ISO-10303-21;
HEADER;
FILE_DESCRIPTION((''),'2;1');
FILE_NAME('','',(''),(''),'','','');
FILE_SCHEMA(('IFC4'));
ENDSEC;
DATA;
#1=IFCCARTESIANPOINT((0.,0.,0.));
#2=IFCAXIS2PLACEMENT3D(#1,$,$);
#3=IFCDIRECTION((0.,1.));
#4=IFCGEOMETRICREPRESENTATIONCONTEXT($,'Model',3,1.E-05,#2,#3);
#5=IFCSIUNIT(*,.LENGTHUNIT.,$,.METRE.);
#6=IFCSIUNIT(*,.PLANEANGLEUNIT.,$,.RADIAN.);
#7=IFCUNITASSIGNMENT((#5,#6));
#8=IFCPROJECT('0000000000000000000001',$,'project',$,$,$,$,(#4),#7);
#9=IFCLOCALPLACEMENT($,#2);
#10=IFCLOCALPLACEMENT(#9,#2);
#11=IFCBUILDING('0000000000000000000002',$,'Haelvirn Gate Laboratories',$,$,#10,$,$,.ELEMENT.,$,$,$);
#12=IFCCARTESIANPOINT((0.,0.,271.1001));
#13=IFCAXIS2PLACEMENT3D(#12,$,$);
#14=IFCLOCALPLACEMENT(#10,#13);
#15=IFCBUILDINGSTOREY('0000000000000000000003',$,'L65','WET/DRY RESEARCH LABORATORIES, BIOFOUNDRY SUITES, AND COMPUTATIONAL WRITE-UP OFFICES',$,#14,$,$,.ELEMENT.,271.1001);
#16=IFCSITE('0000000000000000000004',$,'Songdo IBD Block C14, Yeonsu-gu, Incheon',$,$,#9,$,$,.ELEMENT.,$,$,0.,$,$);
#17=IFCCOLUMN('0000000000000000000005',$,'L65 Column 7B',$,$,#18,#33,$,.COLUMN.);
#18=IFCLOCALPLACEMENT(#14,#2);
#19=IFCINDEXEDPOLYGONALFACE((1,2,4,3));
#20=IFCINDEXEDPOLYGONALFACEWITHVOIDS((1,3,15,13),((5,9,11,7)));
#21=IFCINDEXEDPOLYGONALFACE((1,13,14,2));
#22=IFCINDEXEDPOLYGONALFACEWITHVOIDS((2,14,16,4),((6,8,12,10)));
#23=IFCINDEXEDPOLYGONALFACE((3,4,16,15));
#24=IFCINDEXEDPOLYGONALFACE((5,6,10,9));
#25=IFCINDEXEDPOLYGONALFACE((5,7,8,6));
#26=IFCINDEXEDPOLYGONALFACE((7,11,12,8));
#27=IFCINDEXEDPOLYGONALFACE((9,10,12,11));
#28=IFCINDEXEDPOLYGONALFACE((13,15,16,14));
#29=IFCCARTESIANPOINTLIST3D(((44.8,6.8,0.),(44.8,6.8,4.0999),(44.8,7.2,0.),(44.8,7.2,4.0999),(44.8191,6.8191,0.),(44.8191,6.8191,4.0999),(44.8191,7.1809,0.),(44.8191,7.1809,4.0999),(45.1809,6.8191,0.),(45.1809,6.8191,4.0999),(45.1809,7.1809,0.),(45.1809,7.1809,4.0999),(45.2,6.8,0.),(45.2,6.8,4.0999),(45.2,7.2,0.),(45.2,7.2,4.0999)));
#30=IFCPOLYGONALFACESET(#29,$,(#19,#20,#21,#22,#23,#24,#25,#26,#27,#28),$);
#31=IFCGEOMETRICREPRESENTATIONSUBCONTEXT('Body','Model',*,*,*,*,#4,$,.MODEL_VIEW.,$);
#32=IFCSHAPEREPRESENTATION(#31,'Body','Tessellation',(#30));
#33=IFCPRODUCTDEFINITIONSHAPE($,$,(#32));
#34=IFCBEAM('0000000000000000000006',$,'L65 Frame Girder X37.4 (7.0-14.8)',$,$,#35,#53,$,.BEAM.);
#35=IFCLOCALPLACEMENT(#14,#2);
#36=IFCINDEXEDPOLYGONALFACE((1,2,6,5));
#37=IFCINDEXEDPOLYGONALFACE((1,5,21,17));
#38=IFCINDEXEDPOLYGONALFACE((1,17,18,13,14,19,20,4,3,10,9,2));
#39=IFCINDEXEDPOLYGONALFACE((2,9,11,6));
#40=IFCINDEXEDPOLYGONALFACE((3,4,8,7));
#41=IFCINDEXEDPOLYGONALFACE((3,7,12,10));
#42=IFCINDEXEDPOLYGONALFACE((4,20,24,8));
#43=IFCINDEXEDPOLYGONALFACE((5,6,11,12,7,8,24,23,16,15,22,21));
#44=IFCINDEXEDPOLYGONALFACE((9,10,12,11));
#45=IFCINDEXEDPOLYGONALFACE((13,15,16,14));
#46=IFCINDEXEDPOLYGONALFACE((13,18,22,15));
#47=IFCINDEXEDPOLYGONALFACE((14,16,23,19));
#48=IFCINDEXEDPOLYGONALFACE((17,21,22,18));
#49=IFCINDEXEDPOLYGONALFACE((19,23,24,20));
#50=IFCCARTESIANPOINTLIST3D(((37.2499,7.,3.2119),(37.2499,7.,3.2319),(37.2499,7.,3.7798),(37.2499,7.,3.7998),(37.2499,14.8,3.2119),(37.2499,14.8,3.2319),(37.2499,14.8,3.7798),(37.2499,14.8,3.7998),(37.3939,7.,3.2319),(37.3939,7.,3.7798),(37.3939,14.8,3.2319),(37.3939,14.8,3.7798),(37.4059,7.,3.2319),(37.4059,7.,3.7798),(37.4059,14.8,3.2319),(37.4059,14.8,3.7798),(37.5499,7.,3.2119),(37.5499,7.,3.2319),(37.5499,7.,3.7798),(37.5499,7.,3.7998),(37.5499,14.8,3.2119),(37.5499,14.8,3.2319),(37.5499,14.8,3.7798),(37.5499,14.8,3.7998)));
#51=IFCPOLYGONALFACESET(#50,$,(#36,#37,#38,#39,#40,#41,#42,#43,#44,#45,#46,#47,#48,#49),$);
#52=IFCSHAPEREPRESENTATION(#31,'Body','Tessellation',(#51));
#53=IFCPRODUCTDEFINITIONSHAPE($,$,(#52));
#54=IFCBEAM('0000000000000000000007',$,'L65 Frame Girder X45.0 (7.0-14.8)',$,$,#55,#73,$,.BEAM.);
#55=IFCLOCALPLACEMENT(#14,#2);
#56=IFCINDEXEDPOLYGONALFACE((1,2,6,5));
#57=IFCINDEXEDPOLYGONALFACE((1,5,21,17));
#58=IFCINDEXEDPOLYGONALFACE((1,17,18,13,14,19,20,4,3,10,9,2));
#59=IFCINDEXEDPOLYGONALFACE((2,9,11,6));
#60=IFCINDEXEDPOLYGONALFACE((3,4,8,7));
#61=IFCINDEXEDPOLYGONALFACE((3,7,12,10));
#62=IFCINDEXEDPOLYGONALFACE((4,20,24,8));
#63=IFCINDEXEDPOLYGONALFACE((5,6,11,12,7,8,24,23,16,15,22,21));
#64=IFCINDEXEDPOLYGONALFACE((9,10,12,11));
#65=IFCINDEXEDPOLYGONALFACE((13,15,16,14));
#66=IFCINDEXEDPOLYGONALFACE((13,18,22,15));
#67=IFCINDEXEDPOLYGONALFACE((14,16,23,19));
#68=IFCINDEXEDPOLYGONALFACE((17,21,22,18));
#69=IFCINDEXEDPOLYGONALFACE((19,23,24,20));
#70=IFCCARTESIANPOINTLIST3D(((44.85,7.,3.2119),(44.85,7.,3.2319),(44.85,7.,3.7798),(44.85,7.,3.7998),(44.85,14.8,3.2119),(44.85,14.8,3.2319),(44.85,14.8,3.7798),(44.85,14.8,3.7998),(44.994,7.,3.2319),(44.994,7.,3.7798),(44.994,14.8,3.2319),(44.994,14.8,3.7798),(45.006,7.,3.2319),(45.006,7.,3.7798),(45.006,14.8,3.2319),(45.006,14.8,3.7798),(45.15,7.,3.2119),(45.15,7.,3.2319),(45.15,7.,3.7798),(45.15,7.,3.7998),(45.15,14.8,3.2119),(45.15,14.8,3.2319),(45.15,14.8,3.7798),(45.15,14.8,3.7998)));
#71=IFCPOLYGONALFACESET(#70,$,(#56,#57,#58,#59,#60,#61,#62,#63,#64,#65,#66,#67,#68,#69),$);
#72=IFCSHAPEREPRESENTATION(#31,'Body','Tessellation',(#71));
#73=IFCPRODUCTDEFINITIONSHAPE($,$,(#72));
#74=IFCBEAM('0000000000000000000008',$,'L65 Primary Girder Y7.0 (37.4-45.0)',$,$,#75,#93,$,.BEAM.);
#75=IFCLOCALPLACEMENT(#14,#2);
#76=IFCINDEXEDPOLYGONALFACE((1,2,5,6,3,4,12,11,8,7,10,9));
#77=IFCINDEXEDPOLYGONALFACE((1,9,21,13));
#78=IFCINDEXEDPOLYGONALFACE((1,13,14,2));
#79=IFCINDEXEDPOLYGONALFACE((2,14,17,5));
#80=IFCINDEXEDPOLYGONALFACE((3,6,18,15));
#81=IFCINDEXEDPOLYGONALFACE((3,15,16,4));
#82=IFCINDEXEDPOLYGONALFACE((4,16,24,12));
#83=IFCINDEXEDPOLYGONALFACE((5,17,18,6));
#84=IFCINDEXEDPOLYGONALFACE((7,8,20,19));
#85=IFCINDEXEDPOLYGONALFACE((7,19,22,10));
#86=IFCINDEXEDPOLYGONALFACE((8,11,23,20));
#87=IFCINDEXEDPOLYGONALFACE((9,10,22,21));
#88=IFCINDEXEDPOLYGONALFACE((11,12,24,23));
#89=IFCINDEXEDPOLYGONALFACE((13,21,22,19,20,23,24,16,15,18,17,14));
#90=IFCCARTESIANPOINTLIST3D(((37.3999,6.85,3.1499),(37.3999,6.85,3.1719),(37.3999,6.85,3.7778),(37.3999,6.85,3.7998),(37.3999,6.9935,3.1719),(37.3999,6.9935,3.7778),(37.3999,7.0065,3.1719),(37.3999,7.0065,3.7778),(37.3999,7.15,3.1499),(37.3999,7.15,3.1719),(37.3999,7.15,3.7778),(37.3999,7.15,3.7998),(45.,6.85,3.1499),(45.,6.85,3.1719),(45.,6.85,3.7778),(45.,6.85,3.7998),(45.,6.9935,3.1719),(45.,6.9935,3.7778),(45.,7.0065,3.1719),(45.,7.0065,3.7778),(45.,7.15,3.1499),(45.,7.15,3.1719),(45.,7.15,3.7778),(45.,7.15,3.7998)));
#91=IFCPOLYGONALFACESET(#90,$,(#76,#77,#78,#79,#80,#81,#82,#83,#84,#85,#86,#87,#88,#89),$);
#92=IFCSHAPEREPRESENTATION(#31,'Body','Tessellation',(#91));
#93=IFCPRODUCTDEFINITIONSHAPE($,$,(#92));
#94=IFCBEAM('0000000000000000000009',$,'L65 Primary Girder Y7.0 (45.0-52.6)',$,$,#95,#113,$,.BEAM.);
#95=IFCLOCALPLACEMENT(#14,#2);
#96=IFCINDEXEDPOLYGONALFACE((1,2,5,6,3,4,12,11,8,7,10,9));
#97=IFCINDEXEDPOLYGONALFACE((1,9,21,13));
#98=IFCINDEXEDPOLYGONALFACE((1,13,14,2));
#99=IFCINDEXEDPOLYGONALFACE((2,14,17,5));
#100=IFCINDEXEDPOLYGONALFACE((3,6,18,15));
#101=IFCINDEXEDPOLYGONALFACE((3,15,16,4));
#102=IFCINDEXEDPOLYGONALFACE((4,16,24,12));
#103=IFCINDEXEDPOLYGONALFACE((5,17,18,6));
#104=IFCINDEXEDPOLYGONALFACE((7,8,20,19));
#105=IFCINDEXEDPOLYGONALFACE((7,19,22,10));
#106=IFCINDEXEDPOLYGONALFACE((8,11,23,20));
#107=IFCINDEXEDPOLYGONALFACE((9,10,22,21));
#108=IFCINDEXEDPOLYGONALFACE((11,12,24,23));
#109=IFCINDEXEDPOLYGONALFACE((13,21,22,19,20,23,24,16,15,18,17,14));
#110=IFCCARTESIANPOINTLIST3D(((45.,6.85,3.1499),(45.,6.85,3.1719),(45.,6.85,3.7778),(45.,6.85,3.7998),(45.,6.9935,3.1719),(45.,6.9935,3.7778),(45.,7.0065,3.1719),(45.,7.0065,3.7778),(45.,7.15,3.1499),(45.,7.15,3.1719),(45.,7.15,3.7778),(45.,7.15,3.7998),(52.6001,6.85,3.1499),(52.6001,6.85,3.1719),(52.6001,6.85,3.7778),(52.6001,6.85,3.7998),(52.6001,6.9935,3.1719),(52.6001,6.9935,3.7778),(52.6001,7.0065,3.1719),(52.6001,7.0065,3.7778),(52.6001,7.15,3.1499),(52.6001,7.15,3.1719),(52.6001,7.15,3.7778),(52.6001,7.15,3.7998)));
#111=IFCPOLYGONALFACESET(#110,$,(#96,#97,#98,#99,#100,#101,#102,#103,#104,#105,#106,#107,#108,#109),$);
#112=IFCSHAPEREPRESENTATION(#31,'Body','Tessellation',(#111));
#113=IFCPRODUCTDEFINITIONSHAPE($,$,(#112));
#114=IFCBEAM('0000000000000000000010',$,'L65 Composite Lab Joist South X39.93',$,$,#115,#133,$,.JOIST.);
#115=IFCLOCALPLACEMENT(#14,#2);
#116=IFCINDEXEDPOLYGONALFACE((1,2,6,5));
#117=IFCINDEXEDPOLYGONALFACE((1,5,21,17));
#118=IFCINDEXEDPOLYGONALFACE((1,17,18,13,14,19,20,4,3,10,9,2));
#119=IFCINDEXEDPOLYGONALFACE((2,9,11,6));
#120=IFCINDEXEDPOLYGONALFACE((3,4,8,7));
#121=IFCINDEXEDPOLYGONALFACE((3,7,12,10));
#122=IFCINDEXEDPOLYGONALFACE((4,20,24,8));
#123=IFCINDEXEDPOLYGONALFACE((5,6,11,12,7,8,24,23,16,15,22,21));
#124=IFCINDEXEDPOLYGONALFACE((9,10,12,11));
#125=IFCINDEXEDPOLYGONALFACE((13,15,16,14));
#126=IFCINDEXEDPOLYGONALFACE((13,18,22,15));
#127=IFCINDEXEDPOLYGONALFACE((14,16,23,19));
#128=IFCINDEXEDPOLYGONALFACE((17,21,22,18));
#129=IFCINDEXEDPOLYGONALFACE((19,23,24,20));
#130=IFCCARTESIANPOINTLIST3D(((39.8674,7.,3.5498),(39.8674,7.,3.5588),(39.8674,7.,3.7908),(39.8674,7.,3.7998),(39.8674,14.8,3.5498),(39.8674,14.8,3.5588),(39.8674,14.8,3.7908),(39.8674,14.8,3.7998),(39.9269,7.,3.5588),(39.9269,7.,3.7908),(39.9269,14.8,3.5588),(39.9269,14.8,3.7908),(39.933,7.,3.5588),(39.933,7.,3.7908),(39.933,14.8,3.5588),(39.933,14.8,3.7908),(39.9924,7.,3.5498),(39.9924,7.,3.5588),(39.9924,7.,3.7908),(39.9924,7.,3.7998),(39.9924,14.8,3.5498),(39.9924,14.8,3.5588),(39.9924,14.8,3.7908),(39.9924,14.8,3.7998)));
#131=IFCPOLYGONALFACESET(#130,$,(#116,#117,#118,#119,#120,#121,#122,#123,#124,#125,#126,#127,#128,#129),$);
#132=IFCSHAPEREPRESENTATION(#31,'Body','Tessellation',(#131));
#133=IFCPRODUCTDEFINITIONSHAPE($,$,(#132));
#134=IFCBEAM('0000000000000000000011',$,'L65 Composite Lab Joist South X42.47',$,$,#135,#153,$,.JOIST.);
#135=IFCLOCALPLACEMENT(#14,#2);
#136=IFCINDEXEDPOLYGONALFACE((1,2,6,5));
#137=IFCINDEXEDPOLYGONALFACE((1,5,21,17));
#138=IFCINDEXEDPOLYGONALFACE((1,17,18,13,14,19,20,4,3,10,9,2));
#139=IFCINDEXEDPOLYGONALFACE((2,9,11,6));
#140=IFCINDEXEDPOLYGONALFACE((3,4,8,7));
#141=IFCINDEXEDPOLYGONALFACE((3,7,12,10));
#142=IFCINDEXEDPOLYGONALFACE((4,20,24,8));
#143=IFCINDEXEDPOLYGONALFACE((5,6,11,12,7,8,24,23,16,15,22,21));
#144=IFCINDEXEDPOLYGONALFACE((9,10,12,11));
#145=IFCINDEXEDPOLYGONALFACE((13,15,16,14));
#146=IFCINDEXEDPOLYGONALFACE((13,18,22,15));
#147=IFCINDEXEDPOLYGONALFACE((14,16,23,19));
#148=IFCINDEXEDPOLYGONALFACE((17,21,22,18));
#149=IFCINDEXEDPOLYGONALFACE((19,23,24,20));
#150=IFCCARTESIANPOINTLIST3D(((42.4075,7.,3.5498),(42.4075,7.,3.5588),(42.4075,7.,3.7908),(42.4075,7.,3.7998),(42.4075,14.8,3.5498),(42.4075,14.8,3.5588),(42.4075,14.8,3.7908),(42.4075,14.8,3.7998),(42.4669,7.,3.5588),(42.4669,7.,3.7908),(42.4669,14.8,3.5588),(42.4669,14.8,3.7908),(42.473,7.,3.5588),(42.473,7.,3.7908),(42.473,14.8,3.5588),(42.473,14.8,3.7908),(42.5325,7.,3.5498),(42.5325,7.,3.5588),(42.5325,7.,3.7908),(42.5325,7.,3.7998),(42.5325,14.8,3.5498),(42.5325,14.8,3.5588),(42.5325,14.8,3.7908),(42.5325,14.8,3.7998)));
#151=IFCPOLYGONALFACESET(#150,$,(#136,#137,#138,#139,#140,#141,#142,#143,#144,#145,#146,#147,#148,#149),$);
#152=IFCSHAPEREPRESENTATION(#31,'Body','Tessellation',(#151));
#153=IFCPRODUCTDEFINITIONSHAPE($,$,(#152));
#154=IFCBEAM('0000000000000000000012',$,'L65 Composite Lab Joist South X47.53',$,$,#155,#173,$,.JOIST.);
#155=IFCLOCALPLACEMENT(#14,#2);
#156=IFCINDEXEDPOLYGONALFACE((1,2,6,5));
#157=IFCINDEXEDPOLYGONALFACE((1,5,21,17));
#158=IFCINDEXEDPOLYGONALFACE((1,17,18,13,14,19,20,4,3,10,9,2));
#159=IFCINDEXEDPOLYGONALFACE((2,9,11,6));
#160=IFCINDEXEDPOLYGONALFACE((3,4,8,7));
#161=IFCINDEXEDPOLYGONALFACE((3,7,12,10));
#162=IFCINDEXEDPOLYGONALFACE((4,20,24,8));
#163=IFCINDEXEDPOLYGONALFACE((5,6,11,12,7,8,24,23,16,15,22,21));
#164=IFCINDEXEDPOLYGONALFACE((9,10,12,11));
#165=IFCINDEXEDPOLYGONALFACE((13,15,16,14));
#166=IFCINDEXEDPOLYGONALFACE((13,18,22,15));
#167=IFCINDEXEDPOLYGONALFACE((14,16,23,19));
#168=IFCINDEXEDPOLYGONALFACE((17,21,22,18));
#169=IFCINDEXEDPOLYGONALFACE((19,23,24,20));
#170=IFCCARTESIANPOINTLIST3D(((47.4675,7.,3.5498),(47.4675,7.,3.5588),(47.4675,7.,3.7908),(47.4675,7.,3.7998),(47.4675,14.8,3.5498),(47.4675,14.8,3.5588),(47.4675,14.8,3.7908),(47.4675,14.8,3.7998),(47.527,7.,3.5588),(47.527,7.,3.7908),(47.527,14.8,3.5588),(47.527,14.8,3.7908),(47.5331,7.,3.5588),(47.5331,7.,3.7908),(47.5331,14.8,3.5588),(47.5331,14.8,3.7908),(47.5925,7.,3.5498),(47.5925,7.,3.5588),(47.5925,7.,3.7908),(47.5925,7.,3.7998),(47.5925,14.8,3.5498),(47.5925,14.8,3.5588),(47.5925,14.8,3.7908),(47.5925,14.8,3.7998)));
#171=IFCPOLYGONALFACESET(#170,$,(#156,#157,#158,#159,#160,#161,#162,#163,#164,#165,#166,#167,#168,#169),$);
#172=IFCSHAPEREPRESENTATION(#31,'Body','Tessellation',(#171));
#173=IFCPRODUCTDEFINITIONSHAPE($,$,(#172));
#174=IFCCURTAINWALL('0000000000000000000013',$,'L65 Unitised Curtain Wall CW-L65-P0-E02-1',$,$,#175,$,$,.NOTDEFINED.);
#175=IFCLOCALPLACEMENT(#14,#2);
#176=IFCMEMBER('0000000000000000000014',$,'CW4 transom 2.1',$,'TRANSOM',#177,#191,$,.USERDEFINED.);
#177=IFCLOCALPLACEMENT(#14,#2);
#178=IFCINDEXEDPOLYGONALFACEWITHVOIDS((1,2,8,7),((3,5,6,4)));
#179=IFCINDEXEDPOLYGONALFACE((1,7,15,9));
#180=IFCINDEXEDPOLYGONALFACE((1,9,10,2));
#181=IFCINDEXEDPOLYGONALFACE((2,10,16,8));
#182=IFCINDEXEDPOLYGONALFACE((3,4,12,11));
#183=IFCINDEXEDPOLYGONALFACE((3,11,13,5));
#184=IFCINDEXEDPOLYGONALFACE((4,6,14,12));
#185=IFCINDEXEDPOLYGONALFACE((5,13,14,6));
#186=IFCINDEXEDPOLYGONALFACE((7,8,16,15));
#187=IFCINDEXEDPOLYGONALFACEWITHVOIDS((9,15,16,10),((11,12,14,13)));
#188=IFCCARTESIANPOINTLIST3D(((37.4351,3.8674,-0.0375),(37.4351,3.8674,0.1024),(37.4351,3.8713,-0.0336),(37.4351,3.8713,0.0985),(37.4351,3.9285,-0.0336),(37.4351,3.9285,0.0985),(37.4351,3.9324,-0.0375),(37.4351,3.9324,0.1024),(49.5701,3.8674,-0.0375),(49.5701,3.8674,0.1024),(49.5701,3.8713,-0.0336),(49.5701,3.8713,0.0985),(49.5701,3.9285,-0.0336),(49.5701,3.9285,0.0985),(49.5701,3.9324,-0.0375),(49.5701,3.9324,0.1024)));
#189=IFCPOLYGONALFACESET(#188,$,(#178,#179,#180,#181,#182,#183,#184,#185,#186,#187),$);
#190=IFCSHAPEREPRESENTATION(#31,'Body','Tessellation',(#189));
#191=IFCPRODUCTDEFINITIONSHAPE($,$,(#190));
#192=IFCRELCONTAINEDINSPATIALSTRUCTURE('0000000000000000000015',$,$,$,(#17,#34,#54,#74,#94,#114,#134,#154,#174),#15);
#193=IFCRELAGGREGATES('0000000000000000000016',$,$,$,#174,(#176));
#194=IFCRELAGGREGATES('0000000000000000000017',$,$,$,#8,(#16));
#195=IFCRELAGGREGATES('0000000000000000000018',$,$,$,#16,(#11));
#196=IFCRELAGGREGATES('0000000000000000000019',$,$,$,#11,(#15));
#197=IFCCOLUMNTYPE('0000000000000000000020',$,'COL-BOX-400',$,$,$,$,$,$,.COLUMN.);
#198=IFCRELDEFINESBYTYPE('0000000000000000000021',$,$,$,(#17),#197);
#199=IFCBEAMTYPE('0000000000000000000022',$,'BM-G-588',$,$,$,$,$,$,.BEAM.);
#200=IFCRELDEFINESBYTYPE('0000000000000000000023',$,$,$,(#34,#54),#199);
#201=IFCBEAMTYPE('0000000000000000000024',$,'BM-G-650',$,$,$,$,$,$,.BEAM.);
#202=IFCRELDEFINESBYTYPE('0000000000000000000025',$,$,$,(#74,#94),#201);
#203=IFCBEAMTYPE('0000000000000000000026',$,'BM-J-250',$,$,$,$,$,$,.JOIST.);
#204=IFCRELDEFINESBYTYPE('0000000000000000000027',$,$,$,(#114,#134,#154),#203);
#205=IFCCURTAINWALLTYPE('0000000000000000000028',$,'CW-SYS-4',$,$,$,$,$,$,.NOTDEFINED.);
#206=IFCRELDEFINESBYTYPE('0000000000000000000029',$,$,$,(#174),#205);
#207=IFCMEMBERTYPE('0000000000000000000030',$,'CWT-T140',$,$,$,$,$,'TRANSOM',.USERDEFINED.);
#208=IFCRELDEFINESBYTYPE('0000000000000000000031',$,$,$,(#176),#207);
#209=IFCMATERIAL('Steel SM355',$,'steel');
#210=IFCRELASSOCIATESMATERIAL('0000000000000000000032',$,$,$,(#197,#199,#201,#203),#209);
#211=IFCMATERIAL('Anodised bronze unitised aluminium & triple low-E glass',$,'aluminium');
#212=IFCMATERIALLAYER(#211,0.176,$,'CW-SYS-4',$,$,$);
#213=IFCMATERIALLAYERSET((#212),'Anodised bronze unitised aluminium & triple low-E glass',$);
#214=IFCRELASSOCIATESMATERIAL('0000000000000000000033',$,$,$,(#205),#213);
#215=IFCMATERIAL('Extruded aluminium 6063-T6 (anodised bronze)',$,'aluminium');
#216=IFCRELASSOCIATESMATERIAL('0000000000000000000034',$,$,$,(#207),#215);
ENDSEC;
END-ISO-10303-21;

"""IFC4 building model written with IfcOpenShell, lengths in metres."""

from ifc_helpers import new_model, si_unit, direction, frame, origin, origin_2d, place, context, subcontext, project, spatial, hollow_rectangle, i_section, extrude, source, transform, mapped, material, layer, layer_set, material_profile, profile_set, type_object, type_shapes, element, aggregate, save


model = new_model("IFC4")

# Units and contexts
model_context = context("Model", 3, precision=1e-05, world=origin(), true_north=direction((0.0, 1.0)))
body_context = subcontext(model_context, "Body", "Model", "MODEL_VIEW")
ifc_project = project(units=[si_unit("LENGTHUNIT", "METRE"), si_unit("PLANEANGLEUNIT", "RADIAN")], contexts=[model_context])

# Site, building, storey
site_placement = place(None, origin())
site = spatial("IfcSite", under=ifc_project, at=site_placement, Name="Songdo IBD Block C14, Yeonsu-gu, Incheon", CompositionType="ELEMENT", RefElevation=0.0)
building_placement = place(site_placement, origin())
building = spatial("IfcBuilding", under=site, at=building_placement, Name="Haelvirn Gate Laboratories", CompositionType="ELEMENT")
storey_placement = place(building_placement, frame((0.0, 0.0, 271.1001)))
storey = spatial("IfcBuildingStorey", under=building, at=storey_placement, Name="L65", Description="WET/DRY RESEARCH LABORATORIES, BIOFOUNDRY SUITES, AND COMPUTATIONAL WRITE-UP OFFICES", CompositionType="ELEMENT", Elevation=271.1001)

# Column
ifc_material_1 = material(Name="Steel SM355", Category="steel")
ifc_material_profile_1 = material_profile(ifc_material_1, hollow_rectangle(XDim=0.3999, YDim=0.3999, WallThickness=0.019, at=origin_2d()), Name="BOX-400x400x19")
ifc_profile_set_1 = profile_set([ifc_material_profile_1], Name="Steel SM355")
column_type = type_object("IfcColumnType", Name="COL-BOX-400", PredefinedType="COLUMN", material=ifc_profile_set_1)
shared_shape_1 = source(origin(), body_context, "Body", "SweptSolid", [
    extrude(hollow_rectangle(XDim=0.3999, YDim=0.3999, WallThickness=0.019, at=origin_2d()), origin(), (0.0, 0.0, 1.0), 4.0999),
])
type_shapes(column_type, [shared_shape_1])
column_placement = place(storey_placement, frame((45.0, 7.0, 0.0), z_axis=(0.0, 0.0, 1.0), x_axis=(1.0, 0.0, 0.0)))
element("IfcColumn", 1, at=column_placement, inside=storey, type_object=column_type, Name="L65 Column 7B", PredefinedType="COLUMN", context=body_context, shape_type="MappedRepresentation", body=[
    mapped(shared_shape_1, transform((0.0, 0.0, 0.0), scale=1.0)),
])

# Beams
ifc_material_profile_2 = material_profile(ifc_material_1, i_section(OverallWidth=0.3, OverallDepth=0.5879, WebThickness=0.012, FlangeThickness=0.02, at=origin_2d()), Name="H-588x300x12x20")
ifc_profile_set_2 = profile_set([ifc_material_profile_2], Name="Steel SM355")
beam_type_1 = type_object("IfcBeamType", Name="BM-G-588", PredefinedType="BEAM", material=ifc_profile_set_2)
shared_shape_2 = source(origin(), body_context, "Body", "SweptSolid", [
    extrude(i_section(OverallWidth=0.3, OverallDepth=0.5879, WebThickness=0.012, FlangeThickness=0.02, at=origin_2d()), origin(), (0.0, 0.0, 1.0), 7.8),
])
type_shapes(beam_type_1, [shared_shape_2])
for number, where, z_axis, x_axis, name in (
    (2, (37.3999, 7.0, 3.5059), (0.0, 1.0, 0.0), (-1.0, 0.0, 0.0), "L65 Frame Girder X37.4 (7.0-14.8)"),
    (3, (45.0, 7.0, 3.5059), (0.0, 1.0, 0.0), (-1.0, 0.0, 0.0), "L65 Frame Girder X45.0 (7.0-14.8)"),
):
    element("IfcBeam", number, at=place(storey_placement, frame(where, z_axis=z_axis, x_axis=x_axis)), inside=storey, type_object=beam_type_1, Name=name, PredefinedType="BEAM", context=body_context, shape_type="MappedRepresentation", body=[
        mapped(shared_shape_2, transform((0.0, 0.0, 0.0), scale=1.0)),
    ])
ifc_material_profile_3 = material_profile(ifc_material_1, i_section(OverallWidth=0.3, OverallDepth=0.6499, WebThickness=0.0129, FlangeThickness=0.022, at=origin_2d()), Name="H-650x300x13x22")
ifc_profile_set_3 = profile_set([ifc_material_profile_3], Name="Steel SM355")
beam_type_2 = type_object("IfcBeamType", Name="BM-G-650", PredefinedType="BEAM", material=ifc_profile_set_3)
shared_shape_3 = source(origin(), body_context, "Body", "SweptSolid", [
    extrude(i_section(OverallWidth=0.3, OverallDepth=0.6499, WebThickness=0.0129, FlangeThickness=0.022, at=origin_2d()), origin(), (0.0, 0.0, 1.0), 7.6001),
])
type_shapes(beam_type_2, [shared_shape_3])
for number, where, z_axis, x_axis, name in (
    (4, (37.3999, 7.0, 3.4749), (1.0, 0.0, 0.0), (0.0, 1.0, 0.0), "L65 Primary Girder Y7.0 (37.4-45.0)"),
    (5, (45.0, 7.0, 3.4749), (1.0, 0.0, 0.0), (0.0, 1.0, 0.0), "L65 Primary Girder Y7.0 (45.0-52.6)"),
):
    element("IfcBeam", number, at=place(storey_placement, frame(where, z_axis=z_axis, x_axis=x_axis)), inside=storey, type_object=beam_type_2, Name=name, PredefinedType="BEAM", context=body_context, shape_type="MappedRepresentation", body=[
        mapped(shared_shape_3, transform((0.0, 0.0, 0.0), scale=1.0)),
    ])
ifc_material_profile_4 = material_profile(ifc_material_1, i_section(OverallWidth=0.125, OverallDepth=0.25, WebThickness=0.0061, FlangeThickness=0.009, at=origin_2d()), Name="H-250x125x6x9")
ifc_profile_set_4 = profile_set([ifc_material_profile_4], Name="Steel SM355")
beam_type_3 = type_object("IfcBeamType", Name="BM-J-250", PredefinedType="JOIST", material=ifc_profile_set_4)
shared_shape_4 = source(origin(), body_context, "Body", "SweptSolid", [
    extrude(i_section(OverallWidth=0.125, OverallDepth=0.25, WebThickness=0.0061, FlangeThickness=0.009, at=origin_2d()), origin(), (0.0, 0.0, 1.0), 7.8),
])
type_shapes(beam_type_3, [shared_shape_4])
for number, where, z_axis, x_axis, name in (
    (6, (39.9299, 7.0, 3.6748), (0.0, 1.0, 0.0), (-1.0, 0.0, 0.0), "L65 Composite Lab Joist South X39.93"),
    (7, (42.47, 7.0, 3.6748), (0.0, 1.0, 0.0), (-1.0, 0.0, 0.0), "L65 Composite Lab Joist South X42.47"),
    (8, (47.53, 7.0, 3.6748), (0.0, 1.0, 0.0), (-1.0, 0.0, 0.0), "L65 Composite Lab Joist South X47.53"),
):
    element("IfcBeam", number, at=place(storey_placement, frame(where, z_axis=z_axis, x_axis=x_axis)), inside=storey, type_object=beam_type_3, Name=name, PredefinedType="JOIST", context=body_context, shape_type="MappedRepresentation", body=[
        mapped(shared_shape_4, transform((0.0, 0.0, 0.0), scale=1.0)),
    ])

# Curtain wall, member
ifc_material_2 = material(Name="Anodised bronze unitised aluminium & triple low-E glass", Category="aluminium")
ifc_layer_1 = layer(ifc_material_2, 0.176, Name="CW-SYS-4")
ifc_layer_set_1 = layer_set([ifc_layer_1], Name="Anodised bronze unitised aluminium & triple low-E glass")
curtain_wall_type = type_object("IfcCurtainWallType", Name="CW-SYS-4", PredefinedType="NOTDEFINED", material=ifc_layer_set_1)
curtain_wall_1_placement = place(storey_placement, origin())
curtain_wall_1 = element("IfcCurtainWall", 9, at=curtain_wall_1_placement, inside=storey, type_object=curtain_wall_type, Name="L65 Unitised Curtain Wall CW-L65-P0-E02-1", PredefinedType="NOTDEFINED")
ifc_material_3 = material(Name="Extruded aluminium 6063-T6 (anodised bronze)", Category="aluminium")
ifc_material_profile_5 = material_profile(ifc_material_3, hollow_rectangle(XDim=0.0649, YDim=0.1399, WallThickness=0.0039, at=origin_2d()), Name="CWT-140x65x4")
ifc_profile_set_5 = profile_set([ifc_material_profile_5], Name="Extruded aluminium 6063-T6 (anodised bronze)")
member_type_1 = type_object("IfcMemberType", Name="CWT-T140", ElementType="TRANSOM", PredefinedType="USERDEFINED", material=ifc_profile_set_5)
shared_shape_5 = source(origin(), body_context, "Body", "SweptSolid", [
    extrude(hollow_rectangle(XDim=0.0649, YDim=0.1399, WallThickness=0.0039, at=origin_2d()), origin(), (0.0, 0.0, 1.0), 12.135),
])
member_1_placement = place(storey_placement, frame((37.4351, 3.8999, 0.0325), z_axis=(1.0, 0.0, 0.0), x_axis=(0.0, 1.0, 0.0)))
member_1 = element("IfcMember", 10, at=member_1_placement, type_object=member_type_1, Name="CW4 transom 2.1", ObjectType="TRANSOM", PredefinedType="USERDEFINED", context=body_context, shape_type="MappedRepresentation", body=[
    mapped(shared_shape_5, transform((0.0, 0.0, 0.0), scale=1.0)),
])

aggregate(curtain_wall_1, [member_1])

save(model, "model.ifc")
